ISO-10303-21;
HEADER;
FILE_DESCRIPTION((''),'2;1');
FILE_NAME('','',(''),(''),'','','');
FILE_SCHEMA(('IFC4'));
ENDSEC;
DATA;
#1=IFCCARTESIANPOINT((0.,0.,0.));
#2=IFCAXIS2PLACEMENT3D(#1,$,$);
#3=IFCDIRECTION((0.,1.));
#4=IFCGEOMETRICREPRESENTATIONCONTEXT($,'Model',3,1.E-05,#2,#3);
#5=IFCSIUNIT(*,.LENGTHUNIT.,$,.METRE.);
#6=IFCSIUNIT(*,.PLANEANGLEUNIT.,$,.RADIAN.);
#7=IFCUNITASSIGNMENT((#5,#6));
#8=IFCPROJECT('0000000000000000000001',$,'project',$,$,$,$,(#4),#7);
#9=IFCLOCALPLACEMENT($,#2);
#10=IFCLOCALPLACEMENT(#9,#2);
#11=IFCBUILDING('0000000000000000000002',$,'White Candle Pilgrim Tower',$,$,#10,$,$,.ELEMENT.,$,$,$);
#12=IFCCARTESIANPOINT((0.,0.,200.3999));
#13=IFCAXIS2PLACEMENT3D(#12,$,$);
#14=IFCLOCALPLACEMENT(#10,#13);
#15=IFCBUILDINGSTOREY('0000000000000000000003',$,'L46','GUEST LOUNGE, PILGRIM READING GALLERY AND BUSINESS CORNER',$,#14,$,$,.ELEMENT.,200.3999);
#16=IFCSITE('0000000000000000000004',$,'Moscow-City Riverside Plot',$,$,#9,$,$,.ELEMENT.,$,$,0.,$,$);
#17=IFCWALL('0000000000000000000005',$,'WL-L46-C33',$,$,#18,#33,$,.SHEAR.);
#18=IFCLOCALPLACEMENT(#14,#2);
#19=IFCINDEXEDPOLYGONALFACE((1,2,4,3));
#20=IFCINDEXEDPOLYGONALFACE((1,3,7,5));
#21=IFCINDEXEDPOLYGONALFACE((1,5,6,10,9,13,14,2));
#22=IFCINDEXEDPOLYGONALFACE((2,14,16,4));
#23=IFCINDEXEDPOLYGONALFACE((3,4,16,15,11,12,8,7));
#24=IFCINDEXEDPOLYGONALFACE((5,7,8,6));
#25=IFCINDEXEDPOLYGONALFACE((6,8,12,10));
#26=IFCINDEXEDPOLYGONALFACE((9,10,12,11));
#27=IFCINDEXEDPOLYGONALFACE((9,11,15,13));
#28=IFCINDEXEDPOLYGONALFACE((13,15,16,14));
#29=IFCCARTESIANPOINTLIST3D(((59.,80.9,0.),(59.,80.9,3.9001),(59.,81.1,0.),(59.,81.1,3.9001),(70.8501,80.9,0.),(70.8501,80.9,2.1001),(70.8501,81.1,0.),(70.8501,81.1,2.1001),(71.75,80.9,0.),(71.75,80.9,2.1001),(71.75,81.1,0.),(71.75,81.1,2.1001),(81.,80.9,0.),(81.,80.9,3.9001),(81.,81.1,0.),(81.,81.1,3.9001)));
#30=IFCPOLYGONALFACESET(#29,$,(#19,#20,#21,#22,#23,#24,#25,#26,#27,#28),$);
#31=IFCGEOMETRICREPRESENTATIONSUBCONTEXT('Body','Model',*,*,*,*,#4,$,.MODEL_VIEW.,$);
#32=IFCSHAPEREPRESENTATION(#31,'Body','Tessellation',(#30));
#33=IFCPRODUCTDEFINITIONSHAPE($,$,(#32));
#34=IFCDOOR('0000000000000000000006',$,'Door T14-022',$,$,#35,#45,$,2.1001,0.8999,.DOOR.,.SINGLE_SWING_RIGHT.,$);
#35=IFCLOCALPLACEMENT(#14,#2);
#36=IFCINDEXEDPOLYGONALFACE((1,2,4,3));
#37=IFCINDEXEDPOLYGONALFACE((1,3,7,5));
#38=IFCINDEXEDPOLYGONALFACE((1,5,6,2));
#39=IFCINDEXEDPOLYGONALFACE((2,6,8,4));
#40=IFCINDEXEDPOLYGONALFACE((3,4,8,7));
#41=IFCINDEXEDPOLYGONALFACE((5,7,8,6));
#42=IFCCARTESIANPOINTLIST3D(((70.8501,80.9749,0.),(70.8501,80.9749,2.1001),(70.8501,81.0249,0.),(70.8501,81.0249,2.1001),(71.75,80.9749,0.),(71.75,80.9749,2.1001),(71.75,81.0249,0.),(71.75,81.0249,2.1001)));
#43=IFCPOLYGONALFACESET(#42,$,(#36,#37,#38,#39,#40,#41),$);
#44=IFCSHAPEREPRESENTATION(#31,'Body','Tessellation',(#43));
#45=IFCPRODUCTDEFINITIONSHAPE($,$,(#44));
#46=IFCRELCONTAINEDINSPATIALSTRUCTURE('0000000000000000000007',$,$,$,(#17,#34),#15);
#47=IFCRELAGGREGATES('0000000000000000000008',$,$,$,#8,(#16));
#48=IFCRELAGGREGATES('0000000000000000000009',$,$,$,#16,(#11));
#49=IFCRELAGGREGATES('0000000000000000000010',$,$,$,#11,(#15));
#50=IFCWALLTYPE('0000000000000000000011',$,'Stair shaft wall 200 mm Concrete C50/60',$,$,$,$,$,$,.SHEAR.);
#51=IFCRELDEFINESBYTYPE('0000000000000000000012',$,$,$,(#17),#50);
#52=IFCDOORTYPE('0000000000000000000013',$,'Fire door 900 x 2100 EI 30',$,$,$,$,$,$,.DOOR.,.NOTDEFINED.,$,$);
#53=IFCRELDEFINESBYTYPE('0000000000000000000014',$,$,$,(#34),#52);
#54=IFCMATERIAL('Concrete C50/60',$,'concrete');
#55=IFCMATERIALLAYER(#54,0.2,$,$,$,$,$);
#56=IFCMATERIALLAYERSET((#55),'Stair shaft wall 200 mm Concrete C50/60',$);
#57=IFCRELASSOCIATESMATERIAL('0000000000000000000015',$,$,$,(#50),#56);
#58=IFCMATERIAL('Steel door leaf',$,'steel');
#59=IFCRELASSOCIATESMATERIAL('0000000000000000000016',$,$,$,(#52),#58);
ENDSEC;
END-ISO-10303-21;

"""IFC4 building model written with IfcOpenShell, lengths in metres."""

from ifc_helpers import new_model, si_unit, direction, frame, frame_2d, origin, place, context, subcontext, project, spatial, rectangle, extrude, material, layer, layer_set, type_object, element, fill, save


model = new_model("IFC4")

# Units and contexts
model_context = context("Model", 3, precision=1e-05, world=origin(), true_north=direction((0.0, 1.0)))
body_context = subcontext(model_context, "Body", "Model", "MODEL_VIEW")
ifc_project = project(units=[si_unit("LENGTHUNIT", "METRE"), si_unit("PLANEANGLEUNIT", "RADIAN")], contexts=[model_context])

# Site, building, storey
site_placement = place(None, origin())
site = spatial("IfcSite", under=ifc_project, at=site_placement, Name="Moscow-City Riverside Plot", CompositionType="ELEMENT", RefElevation=0.0)
building_placement = place(site_placement, origin())
building = spatial("IfcBuilding", under=site, at=building_placement, Name="White Candle Pilgrim Tower", CompositionType="ELEMENT")
storey_placement = place(building_placement, frame((0.0, 0.0, 200.3999)))
storey = spatial("IfcBuildingStorey", under=building, at=storey_placement, Name="L46", Description="GUEST LOUNGE, PILGRIM READING GALLERY AND BUSINESS CORNER", CompositionType="ELEMENT", Elevation=200.3999)

# Shared definitions
ifc_material_1 = material(Name="Concrete C50/60", Category="concrete")

# Wall, opening, door
ifc_layer_1 = layer(ifc_material_1, 0.2)
ifc_layer_set_1 = layer_set([ifc_layer_1], Name="Stair shaft wall 200 mm Concrete C50/60")
wall_type_1 = type_object("IfcWallType", Name="Stair shaft wall 200 mm Concrete C50/60", PredefinedType="SHEAR", material=ifc_layer_set_1)
wall_1_placement = place(storey_placement, frame((59.0, 81.0, 0.0), z_axis=(0.0, 0.0, 1.0), x_axis=(1.0, 0.0, 0.0)))
wall_1 = element("IfcWall", 1, at=wall_1_placement, inside=storey, type_object=wall_type_1, Name="WL-L46-C33", PredefinedType="SHEAR", context=body_context, shape_type="SweptSolid", body=[
    extrude(rectangle(XDim=22.0, YDim=0.2, at=frame_2d((11.0, 0.0))), origin(), (0.0, 0.0, 1.0), 3.9001),
])
opening_1_placement = place(wall_1_placement, frame((11.8501, 0.0, 0.0)))
opening_1 = element("IfcOpeningElement", 2, at=opening_1_placement, cuts=wall_1, PredefinedType="OPENING", context=body_context, shape_type="SweptSolid", body=[
    extrude(rectangle(XDim=0.8999, YDim=2.1001, at=frame_2d((0.45, 1.05))), frame((0.0, 0.1099, 0.0), z_axis=(0.0, -1.0, 0.0), x_axis=(1.0, 0.0, 0.0)), (0.0, 0.0, 1.0), 0.22),
])
ifc_material_2 = material(Name="Steel door leaf", Category="steel")
door_type_1 = type_object("IfcDoorType", Name="Fire door 900 x 2100 EI 30", OperationType="NOTDEFINED", PredefinedType="DOOR", material=ifc_material_2)
door_1_placement = place(opening_1_placement, origin())
door_1 = element("IfcDoor", 3, at=door_1_placement, inside=storey, type_object=door_type_1, Name="Door T14-022", OperationType="SINGLE_SWING_RIGHT", OverallHeight=2.1001, OverallWidth=0.8999, PredefinedType="DOOR", context=body_context, shape_type="SweptSolid", body=[
    extrude(rectangle(XDim=0.8999, YDim=2.1001, at=frame_2d((0.45, 1.05))), frame((0.0, 0.0249, 0.0), z_axis=(0.0, -1.0, 0.0), x_axis=(1.0, 0.0, 0.0)), (0.0, 0.0, 1.0), 0.05),
])
fill(opening_1, door_1)

save(model, "model.ifc")
